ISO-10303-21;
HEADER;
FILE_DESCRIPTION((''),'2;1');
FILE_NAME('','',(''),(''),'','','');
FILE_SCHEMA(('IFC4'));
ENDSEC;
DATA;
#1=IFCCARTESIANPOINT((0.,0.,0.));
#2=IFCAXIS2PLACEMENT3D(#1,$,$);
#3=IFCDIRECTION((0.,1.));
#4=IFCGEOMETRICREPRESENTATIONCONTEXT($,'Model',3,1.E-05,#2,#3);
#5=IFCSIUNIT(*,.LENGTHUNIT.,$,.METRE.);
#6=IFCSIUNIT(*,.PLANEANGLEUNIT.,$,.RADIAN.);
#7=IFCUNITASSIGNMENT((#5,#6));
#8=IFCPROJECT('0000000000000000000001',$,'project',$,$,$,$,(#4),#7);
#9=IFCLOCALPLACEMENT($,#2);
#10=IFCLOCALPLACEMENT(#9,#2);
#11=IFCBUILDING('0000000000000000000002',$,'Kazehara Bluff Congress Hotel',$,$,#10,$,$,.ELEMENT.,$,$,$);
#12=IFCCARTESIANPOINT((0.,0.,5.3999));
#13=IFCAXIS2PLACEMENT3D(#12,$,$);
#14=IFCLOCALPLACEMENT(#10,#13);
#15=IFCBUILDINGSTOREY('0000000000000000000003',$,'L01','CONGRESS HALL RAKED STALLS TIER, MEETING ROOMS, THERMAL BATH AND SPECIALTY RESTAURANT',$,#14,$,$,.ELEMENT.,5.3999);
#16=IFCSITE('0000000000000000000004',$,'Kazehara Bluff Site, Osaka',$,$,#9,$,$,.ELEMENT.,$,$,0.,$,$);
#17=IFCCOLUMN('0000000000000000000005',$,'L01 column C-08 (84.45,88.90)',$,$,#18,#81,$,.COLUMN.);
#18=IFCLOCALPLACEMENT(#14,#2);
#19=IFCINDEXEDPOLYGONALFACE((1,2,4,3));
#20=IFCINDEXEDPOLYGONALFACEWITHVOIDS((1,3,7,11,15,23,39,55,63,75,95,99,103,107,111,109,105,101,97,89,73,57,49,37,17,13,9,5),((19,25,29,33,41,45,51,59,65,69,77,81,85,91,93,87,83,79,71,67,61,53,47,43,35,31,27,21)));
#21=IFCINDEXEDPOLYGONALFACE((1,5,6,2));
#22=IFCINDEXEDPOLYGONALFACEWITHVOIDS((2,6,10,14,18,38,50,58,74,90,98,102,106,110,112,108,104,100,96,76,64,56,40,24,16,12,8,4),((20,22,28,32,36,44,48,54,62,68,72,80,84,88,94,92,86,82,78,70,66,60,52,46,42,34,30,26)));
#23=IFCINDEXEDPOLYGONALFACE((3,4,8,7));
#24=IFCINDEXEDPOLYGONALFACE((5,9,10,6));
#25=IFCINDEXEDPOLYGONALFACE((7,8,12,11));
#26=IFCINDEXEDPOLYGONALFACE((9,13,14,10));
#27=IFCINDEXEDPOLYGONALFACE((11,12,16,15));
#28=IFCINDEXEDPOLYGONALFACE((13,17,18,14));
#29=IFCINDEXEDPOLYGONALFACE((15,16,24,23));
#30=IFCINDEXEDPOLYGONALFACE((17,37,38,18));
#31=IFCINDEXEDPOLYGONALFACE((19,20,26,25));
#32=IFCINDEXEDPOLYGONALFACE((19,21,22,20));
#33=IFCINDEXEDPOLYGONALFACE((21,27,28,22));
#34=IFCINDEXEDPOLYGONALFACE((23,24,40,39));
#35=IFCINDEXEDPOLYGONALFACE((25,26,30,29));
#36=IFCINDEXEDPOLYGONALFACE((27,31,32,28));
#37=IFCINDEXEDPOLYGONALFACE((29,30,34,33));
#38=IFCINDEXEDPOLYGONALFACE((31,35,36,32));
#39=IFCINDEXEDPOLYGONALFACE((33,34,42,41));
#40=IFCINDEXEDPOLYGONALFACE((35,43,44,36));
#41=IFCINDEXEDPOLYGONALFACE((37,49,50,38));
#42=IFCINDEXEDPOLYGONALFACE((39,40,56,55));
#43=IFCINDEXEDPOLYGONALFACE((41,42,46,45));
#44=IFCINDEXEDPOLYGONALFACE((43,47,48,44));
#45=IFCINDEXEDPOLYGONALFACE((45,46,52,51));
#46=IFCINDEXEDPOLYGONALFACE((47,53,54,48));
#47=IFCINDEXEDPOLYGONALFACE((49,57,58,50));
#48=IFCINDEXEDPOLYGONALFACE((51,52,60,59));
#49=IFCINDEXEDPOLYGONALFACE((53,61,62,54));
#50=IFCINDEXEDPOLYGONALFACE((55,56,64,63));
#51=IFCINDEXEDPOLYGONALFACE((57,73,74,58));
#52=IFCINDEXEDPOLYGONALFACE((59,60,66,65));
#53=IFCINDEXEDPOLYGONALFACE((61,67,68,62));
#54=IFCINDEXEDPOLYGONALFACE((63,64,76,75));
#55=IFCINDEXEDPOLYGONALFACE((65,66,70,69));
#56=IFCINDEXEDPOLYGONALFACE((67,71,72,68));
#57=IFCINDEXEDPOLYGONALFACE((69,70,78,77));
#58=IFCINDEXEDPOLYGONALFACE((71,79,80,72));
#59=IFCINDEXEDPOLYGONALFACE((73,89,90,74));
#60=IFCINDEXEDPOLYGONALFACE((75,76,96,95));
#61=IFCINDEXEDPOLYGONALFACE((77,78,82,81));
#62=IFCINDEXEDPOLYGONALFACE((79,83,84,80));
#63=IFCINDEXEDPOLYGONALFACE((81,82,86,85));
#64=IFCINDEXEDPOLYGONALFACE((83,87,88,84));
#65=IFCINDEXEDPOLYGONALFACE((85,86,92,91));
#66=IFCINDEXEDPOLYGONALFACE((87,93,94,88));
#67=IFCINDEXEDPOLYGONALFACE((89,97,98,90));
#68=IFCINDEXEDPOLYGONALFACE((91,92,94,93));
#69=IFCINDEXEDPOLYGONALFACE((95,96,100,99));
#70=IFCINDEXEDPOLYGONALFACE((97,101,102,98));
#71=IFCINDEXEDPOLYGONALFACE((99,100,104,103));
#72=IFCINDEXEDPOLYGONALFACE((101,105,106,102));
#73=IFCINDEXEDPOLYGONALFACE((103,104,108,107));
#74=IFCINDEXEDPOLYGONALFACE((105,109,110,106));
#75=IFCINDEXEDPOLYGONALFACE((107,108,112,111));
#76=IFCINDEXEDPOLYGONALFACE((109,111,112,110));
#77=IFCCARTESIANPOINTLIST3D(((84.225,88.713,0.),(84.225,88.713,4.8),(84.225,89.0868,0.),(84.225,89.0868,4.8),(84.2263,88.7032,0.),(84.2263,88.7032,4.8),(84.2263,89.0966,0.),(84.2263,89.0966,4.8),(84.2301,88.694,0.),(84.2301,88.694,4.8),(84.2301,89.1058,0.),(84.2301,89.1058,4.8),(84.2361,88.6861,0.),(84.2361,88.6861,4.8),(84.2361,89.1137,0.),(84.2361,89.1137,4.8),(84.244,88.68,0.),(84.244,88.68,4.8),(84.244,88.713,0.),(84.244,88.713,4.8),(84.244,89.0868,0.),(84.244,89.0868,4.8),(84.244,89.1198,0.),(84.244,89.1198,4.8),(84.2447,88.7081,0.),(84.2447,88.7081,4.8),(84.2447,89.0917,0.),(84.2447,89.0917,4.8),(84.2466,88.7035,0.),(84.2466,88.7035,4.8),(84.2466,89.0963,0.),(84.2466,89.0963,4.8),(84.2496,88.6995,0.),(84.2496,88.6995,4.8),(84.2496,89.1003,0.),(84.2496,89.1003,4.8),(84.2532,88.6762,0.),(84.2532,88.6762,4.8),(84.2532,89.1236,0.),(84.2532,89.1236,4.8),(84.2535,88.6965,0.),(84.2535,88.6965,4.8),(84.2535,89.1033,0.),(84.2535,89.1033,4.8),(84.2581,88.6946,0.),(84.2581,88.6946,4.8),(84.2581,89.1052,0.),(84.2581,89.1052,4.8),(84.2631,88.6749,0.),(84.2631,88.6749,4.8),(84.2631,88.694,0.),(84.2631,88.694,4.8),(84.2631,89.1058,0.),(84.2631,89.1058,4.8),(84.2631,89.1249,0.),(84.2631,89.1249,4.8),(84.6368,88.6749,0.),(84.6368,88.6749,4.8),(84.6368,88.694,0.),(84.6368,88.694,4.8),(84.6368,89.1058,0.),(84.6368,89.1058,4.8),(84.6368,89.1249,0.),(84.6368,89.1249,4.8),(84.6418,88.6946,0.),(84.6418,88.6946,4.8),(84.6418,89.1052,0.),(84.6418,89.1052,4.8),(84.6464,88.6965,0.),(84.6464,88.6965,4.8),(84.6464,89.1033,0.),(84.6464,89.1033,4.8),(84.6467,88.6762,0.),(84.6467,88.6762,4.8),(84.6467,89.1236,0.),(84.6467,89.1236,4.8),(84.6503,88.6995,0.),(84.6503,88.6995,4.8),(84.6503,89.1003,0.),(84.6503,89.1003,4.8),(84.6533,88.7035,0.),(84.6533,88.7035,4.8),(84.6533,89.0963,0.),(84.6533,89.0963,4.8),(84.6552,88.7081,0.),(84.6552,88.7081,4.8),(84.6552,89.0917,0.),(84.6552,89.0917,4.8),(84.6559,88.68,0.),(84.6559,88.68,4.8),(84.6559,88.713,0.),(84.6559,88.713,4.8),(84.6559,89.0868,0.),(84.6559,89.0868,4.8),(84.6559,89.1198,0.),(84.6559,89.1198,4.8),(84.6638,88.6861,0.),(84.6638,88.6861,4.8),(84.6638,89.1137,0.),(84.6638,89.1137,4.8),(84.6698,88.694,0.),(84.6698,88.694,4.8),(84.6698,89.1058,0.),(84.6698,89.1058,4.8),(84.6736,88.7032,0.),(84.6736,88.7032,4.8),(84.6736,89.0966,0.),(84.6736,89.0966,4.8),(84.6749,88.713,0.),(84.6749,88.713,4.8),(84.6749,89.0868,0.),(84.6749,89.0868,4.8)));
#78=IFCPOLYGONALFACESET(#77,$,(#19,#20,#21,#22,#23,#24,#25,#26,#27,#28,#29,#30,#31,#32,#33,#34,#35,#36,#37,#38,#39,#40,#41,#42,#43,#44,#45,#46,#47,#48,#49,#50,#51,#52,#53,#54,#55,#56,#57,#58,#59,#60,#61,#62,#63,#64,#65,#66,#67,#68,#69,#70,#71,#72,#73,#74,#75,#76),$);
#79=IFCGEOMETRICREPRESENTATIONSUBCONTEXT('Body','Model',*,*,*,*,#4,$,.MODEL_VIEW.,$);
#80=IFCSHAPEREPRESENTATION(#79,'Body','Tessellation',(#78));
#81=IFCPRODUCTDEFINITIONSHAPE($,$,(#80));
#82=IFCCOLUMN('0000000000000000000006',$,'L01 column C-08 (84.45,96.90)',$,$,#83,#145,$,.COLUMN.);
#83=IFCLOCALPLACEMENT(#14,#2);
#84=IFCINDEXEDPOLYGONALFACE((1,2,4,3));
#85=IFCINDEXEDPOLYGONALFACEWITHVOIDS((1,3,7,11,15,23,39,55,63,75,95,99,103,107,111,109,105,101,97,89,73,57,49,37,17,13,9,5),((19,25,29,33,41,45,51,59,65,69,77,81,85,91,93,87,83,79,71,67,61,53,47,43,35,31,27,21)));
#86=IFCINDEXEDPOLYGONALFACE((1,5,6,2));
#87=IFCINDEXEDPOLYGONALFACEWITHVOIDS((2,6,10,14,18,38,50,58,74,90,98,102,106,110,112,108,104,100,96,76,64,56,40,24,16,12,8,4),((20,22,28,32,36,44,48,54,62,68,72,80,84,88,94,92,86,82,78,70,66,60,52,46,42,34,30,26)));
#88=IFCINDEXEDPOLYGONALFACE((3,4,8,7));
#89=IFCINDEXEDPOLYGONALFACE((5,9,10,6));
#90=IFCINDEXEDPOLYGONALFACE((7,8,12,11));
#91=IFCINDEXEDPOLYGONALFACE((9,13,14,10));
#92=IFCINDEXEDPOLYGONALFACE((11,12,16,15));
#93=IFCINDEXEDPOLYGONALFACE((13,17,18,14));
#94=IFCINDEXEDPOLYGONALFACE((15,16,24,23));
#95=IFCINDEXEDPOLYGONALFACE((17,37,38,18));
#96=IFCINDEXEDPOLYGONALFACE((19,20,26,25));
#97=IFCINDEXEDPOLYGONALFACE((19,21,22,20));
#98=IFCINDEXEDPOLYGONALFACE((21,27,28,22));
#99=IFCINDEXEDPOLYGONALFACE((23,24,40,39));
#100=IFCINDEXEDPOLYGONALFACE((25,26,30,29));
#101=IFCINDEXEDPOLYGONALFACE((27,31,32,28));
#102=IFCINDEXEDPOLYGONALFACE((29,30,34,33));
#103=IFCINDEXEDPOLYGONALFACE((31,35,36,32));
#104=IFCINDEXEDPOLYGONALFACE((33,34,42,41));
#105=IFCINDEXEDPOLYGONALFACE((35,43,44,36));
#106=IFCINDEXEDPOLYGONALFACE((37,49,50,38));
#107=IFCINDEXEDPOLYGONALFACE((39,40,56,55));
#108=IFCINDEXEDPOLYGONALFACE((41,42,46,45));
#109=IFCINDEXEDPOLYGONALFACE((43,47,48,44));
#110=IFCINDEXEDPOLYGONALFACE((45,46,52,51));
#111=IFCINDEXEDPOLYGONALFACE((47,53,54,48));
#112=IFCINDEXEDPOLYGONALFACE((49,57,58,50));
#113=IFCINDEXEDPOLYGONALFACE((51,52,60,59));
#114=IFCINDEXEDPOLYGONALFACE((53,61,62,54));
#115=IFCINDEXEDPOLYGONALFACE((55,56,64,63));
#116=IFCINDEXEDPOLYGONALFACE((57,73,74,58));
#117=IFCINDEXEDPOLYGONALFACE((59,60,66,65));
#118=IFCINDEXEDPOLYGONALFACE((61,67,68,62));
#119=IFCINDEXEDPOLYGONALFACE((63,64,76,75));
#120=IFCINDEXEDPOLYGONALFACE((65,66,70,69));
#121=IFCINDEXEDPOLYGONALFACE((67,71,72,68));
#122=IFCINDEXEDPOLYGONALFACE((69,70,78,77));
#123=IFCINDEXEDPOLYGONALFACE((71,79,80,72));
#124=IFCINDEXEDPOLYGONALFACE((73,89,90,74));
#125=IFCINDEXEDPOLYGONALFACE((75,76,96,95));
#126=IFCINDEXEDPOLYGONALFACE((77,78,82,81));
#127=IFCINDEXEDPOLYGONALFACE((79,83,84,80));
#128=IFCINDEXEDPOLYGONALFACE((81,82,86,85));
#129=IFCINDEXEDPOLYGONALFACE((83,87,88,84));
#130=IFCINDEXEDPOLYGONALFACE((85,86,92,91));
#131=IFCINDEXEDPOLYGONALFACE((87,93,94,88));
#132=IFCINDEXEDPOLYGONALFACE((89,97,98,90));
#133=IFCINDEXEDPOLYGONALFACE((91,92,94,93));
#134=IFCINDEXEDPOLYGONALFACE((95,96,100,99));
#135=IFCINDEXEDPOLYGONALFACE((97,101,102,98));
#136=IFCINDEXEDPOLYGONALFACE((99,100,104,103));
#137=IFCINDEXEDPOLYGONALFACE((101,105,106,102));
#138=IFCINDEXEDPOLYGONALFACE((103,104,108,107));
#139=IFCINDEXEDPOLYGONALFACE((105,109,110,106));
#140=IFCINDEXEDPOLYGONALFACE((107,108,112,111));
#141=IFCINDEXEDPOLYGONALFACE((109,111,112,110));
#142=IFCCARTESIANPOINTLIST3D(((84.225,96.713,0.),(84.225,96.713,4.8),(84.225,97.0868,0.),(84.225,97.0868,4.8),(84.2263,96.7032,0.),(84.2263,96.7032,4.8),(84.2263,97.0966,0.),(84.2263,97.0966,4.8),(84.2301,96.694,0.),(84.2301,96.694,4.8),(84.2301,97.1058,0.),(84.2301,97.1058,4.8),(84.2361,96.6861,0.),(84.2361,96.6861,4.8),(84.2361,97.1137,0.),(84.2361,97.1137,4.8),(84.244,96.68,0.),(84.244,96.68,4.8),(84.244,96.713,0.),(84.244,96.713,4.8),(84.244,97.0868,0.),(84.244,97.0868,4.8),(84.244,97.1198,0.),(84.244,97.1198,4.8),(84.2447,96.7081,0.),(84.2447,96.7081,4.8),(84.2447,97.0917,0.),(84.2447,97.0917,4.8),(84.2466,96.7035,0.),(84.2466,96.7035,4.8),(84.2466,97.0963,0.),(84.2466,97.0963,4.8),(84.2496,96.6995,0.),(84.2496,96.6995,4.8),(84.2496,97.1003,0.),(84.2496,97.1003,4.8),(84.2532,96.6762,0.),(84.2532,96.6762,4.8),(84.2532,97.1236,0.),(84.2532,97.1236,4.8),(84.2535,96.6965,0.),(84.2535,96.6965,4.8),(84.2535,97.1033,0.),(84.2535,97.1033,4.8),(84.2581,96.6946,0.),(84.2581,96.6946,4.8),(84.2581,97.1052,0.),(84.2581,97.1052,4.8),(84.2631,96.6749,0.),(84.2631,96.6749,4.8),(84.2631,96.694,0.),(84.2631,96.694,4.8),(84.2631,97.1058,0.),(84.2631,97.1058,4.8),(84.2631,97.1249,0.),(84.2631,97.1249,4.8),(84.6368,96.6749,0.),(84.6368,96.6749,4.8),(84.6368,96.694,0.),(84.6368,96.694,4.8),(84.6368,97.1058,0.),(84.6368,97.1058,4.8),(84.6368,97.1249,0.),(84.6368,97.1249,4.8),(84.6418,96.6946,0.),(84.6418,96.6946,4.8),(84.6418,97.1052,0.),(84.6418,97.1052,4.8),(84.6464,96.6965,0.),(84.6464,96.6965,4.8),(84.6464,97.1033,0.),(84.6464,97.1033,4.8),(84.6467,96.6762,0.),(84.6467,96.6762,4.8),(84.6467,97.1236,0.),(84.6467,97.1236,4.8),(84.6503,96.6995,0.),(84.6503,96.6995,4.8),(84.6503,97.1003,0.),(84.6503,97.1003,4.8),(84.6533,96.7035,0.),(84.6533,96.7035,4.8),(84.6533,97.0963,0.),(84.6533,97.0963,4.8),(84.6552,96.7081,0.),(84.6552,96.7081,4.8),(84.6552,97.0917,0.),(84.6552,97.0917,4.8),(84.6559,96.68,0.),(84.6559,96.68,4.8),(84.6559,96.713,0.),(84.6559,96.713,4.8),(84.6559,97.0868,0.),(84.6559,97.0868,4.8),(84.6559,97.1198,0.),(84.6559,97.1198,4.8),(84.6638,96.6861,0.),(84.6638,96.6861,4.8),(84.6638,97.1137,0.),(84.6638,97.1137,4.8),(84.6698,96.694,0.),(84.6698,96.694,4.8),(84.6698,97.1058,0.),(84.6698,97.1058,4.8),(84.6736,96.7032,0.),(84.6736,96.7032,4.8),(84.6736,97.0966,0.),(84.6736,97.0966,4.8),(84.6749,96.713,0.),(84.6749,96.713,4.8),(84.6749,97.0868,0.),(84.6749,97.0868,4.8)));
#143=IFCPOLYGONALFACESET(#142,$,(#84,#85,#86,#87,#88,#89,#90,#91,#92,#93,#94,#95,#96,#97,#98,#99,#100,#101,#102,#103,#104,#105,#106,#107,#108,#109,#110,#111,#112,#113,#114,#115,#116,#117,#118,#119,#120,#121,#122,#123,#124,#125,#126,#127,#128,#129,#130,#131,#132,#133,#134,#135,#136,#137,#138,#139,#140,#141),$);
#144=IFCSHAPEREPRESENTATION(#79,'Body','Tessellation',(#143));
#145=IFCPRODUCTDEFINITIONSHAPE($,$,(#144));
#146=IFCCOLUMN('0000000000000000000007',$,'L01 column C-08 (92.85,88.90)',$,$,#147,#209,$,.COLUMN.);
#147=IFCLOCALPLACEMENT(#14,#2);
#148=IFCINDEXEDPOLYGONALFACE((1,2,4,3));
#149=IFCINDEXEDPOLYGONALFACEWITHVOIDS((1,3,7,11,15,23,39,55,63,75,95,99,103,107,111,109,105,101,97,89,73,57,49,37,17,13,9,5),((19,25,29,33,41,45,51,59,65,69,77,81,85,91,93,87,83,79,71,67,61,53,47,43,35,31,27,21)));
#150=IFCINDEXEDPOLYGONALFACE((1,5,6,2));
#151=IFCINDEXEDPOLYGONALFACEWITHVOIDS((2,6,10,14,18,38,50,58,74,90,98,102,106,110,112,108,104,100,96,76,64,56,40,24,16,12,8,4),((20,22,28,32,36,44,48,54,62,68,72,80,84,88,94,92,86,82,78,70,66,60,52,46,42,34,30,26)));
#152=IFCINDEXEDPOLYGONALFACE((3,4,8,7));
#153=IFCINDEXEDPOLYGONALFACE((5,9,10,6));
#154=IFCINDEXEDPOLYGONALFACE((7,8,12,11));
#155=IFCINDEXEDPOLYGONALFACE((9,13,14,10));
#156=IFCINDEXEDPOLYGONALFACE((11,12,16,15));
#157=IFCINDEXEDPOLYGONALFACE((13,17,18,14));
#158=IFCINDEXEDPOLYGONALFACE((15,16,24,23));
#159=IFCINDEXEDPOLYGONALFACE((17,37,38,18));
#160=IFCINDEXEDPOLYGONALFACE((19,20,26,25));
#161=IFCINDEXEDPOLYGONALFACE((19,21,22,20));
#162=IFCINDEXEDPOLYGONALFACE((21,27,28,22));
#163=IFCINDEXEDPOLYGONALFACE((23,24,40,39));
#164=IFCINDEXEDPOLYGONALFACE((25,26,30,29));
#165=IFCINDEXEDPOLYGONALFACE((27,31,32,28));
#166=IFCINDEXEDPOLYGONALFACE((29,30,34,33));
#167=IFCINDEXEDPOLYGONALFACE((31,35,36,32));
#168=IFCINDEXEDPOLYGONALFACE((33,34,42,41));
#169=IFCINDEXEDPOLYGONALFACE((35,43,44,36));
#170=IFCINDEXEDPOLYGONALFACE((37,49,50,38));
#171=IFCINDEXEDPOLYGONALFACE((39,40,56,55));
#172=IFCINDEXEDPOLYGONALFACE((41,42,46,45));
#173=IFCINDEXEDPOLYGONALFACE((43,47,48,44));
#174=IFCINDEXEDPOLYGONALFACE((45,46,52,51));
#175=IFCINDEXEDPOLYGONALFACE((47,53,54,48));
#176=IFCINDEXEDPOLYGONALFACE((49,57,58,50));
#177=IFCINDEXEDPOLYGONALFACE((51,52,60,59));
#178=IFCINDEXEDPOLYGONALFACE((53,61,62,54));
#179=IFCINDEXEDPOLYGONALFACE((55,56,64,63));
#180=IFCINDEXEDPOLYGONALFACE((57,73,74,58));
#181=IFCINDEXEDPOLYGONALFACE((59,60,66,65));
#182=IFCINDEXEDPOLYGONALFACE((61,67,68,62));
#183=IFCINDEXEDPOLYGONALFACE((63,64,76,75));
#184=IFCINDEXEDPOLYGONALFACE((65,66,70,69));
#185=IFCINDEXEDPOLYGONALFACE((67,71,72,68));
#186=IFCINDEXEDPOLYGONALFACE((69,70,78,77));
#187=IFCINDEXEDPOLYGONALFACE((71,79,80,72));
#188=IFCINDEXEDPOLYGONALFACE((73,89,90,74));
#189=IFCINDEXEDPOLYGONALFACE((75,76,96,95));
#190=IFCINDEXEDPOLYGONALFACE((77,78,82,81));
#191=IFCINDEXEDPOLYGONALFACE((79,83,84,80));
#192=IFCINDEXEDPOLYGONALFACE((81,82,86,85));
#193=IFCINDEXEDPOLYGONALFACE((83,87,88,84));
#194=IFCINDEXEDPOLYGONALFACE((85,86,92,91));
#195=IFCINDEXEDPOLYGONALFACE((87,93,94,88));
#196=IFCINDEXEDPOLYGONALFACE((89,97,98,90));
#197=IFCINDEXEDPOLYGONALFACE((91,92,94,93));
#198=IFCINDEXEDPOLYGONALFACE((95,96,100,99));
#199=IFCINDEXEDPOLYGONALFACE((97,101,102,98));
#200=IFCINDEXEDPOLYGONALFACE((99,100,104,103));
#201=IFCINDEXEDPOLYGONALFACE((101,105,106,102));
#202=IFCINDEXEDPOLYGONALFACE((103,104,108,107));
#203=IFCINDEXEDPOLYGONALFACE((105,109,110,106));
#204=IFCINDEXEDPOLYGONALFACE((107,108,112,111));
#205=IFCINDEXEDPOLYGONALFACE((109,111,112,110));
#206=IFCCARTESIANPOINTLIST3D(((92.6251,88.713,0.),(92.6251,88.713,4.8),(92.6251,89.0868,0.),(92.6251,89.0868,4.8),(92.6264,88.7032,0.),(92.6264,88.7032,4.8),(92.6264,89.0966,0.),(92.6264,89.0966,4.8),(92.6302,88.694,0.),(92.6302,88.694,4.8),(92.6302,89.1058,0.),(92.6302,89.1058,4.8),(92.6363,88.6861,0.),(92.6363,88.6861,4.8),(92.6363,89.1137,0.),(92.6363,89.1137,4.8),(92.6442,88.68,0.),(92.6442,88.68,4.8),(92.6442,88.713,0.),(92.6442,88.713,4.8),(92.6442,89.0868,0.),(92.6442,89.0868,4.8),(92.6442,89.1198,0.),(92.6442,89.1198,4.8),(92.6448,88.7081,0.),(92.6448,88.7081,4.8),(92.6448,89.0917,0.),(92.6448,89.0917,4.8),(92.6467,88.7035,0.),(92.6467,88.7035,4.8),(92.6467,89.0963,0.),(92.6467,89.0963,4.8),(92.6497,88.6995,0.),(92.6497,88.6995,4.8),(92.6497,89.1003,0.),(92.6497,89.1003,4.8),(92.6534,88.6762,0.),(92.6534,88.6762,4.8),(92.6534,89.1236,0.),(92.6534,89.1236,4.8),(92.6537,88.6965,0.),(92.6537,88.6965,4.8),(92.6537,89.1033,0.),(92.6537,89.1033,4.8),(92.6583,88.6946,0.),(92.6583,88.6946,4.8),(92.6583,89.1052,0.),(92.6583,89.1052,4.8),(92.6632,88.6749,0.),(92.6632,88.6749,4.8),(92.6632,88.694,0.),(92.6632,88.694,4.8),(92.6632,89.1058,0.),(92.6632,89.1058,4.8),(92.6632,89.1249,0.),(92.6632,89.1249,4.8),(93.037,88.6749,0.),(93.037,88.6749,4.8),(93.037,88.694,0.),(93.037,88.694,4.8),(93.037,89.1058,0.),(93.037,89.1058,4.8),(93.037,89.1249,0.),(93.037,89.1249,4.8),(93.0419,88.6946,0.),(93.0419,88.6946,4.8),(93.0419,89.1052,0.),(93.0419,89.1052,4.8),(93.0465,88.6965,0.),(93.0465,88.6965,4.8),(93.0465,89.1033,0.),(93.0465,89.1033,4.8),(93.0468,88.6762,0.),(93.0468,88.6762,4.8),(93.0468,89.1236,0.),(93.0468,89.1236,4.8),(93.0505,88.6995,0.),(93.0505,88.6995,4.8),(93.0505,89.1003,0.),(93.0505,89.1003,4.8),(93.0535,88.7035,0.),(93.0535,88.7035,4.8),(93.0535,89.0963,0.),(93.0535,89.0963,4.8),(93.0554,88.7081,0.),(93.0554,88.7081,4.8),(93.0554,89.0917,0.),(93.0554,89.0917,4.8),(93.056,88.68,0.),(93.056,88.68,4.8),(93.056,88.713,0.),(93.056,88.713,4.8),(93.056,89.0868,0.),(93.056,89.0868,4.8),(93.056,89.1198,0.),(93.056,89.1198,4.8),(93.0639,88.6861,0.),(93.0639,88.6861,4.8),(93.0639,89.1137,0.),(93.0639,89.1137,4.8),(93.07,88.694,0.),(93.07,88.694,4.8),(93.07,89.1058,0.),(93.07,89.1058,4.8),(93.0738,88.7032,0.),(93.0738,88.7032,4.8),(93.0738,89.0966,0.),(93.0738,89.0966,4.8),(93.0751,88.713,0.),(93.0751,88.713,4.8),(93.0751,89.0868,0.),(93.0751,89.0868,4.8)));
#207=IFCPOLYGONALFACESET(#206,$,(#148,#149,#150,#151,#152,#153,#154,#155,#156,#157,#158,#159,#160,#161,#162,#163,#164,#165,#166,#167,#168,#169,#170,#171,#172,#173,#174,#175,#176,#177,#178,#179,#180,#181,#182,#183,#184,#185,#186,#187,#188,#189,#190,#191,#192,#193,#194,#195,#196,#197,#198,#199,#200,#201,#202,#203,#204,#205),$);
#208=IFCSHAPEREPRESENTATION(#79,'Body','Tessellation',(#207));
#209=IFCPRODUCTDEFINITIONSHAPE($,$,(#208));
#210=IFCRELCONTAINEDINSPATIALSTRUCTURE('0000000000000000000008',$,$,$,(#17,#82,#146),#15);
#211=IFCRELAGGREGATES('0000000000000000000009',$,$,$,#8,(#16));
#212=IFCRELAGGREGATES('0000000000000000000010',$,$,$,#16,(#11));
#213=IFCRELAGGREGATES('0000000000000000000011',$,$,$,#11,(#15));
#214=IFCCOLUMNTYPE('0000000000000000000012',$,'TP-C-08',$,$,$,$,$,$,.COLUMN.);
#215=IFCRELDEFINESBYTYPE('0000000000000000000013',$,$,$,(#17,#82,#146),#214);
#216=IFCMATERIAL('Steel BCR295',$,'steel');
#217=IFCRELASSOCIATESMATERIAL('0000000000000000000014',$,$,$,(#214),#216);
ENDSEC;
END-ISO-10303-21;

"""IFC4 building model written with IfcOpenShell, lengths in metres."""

from ifc_helpers import new_model, si_unit, direction, frame, origin, origin_2d, place, context, subcontext, project, spatial, hollow_rectangle, extrude, material, material_profile, profile_set, type_object, element, save


model = new_model("IFC4")

# Units and contexts
model_context = context("Model", 3, precision=1e-05, world=origin(), true_north=direction((0.0, 1.0)))
body_context = subcontext(model_context, "Body", "Model", "MODEL_VIEW")
ifc_project = project(units=[si_unit("LENGTHUNIT", "METRE"), si_unit("PLANEANGLEUNIT", "RADIAN")], contexts=[model_context])

# Site, building, storey
site_placement = place(None, origin())
site = spatial("IfcSite", under=ifc_project, at=site_placement, Name="Kazehara Bluff Site, Osaka", CompositionType="ELEMENT", RefElevation=0.0)
building_placement = place(site_placement, origin())
building = spatial("IfcBuilding", under=site, at=building_placement, Name="Kazehara Bluff Congress Hotel", CompositionType="ELEMENT")
storey_placement = place(building_placement, frame((0.0, 0.0, 5.3999)))
storey = spatial("IfcBuildingStorey", under=building, at=storey_placement, Name="L01", Description="CONGRESS HALL RAKED STALLS TIER, MEETING ROOMS, THERMAL BATH AND SPECIALTY RESTAURANT", CompositionType="ELEMENT", Elevation=5.3999)

# Columns
ifc_material_1 = material(Name="Steel BCR295", Category="steel")
ifc_material_profile_1 = material_profile(ifc_material_1, hollow_rectangle(XDim=0.45, YDim=0.45, WallThickness=0.019, InnerFilletRadius=0.019, OuterFilletRadius=0.0381, at=origin_2d()))
ifc_profile_set_1 = profile_set([ifc_material_profile_1], Name="Steel BCR295")
column_type = type_object("IfcColumnType", Name="TP-C-08", PredefinedType="COLUMN", material=ifc_profile_set_1)
for number, where, z_axis, x_axis, name in (
    (1, (84.45, 88.8999, 0.0), (0.0, 0.0, 1.0), (1.0, 0.0, 0.0), "L01 column C-08 (84.45,88.90)"),
    (2, (84.45, 96.8999, 0.0), (0.0, 0.0, 1.0), (1.0, 0.0, 0.0), "L01 column C-08 (84.45,96.90)"),
    (3, (92.8501, 88.8999, 0.0), (0.0, 0.0, 1.0), (1.0, 0.0, 0.0), "L01 column C-08 (92.85,88.90)"),
):
    element("IfcColumn", number, at=place(storey_placement, frame(where, z_axis=z_axis, x_axis=x_axis)), inside=storey, type_object=column_type, Name=name, PredefinedType="COLUMN", context=body_context, shape_type="SweptSolid", body=[
        extrude(hollow_rectangle(XDim=0.45, YDim=0.45, WallThickness=0.019, InnerFilletRadius=0.019, OuterFilletRadius=0.0381, at=origin_2d()), origin(), (0.0, 0.0, 1.0), 4.8),
    ])

save(model, "model.ifc")
